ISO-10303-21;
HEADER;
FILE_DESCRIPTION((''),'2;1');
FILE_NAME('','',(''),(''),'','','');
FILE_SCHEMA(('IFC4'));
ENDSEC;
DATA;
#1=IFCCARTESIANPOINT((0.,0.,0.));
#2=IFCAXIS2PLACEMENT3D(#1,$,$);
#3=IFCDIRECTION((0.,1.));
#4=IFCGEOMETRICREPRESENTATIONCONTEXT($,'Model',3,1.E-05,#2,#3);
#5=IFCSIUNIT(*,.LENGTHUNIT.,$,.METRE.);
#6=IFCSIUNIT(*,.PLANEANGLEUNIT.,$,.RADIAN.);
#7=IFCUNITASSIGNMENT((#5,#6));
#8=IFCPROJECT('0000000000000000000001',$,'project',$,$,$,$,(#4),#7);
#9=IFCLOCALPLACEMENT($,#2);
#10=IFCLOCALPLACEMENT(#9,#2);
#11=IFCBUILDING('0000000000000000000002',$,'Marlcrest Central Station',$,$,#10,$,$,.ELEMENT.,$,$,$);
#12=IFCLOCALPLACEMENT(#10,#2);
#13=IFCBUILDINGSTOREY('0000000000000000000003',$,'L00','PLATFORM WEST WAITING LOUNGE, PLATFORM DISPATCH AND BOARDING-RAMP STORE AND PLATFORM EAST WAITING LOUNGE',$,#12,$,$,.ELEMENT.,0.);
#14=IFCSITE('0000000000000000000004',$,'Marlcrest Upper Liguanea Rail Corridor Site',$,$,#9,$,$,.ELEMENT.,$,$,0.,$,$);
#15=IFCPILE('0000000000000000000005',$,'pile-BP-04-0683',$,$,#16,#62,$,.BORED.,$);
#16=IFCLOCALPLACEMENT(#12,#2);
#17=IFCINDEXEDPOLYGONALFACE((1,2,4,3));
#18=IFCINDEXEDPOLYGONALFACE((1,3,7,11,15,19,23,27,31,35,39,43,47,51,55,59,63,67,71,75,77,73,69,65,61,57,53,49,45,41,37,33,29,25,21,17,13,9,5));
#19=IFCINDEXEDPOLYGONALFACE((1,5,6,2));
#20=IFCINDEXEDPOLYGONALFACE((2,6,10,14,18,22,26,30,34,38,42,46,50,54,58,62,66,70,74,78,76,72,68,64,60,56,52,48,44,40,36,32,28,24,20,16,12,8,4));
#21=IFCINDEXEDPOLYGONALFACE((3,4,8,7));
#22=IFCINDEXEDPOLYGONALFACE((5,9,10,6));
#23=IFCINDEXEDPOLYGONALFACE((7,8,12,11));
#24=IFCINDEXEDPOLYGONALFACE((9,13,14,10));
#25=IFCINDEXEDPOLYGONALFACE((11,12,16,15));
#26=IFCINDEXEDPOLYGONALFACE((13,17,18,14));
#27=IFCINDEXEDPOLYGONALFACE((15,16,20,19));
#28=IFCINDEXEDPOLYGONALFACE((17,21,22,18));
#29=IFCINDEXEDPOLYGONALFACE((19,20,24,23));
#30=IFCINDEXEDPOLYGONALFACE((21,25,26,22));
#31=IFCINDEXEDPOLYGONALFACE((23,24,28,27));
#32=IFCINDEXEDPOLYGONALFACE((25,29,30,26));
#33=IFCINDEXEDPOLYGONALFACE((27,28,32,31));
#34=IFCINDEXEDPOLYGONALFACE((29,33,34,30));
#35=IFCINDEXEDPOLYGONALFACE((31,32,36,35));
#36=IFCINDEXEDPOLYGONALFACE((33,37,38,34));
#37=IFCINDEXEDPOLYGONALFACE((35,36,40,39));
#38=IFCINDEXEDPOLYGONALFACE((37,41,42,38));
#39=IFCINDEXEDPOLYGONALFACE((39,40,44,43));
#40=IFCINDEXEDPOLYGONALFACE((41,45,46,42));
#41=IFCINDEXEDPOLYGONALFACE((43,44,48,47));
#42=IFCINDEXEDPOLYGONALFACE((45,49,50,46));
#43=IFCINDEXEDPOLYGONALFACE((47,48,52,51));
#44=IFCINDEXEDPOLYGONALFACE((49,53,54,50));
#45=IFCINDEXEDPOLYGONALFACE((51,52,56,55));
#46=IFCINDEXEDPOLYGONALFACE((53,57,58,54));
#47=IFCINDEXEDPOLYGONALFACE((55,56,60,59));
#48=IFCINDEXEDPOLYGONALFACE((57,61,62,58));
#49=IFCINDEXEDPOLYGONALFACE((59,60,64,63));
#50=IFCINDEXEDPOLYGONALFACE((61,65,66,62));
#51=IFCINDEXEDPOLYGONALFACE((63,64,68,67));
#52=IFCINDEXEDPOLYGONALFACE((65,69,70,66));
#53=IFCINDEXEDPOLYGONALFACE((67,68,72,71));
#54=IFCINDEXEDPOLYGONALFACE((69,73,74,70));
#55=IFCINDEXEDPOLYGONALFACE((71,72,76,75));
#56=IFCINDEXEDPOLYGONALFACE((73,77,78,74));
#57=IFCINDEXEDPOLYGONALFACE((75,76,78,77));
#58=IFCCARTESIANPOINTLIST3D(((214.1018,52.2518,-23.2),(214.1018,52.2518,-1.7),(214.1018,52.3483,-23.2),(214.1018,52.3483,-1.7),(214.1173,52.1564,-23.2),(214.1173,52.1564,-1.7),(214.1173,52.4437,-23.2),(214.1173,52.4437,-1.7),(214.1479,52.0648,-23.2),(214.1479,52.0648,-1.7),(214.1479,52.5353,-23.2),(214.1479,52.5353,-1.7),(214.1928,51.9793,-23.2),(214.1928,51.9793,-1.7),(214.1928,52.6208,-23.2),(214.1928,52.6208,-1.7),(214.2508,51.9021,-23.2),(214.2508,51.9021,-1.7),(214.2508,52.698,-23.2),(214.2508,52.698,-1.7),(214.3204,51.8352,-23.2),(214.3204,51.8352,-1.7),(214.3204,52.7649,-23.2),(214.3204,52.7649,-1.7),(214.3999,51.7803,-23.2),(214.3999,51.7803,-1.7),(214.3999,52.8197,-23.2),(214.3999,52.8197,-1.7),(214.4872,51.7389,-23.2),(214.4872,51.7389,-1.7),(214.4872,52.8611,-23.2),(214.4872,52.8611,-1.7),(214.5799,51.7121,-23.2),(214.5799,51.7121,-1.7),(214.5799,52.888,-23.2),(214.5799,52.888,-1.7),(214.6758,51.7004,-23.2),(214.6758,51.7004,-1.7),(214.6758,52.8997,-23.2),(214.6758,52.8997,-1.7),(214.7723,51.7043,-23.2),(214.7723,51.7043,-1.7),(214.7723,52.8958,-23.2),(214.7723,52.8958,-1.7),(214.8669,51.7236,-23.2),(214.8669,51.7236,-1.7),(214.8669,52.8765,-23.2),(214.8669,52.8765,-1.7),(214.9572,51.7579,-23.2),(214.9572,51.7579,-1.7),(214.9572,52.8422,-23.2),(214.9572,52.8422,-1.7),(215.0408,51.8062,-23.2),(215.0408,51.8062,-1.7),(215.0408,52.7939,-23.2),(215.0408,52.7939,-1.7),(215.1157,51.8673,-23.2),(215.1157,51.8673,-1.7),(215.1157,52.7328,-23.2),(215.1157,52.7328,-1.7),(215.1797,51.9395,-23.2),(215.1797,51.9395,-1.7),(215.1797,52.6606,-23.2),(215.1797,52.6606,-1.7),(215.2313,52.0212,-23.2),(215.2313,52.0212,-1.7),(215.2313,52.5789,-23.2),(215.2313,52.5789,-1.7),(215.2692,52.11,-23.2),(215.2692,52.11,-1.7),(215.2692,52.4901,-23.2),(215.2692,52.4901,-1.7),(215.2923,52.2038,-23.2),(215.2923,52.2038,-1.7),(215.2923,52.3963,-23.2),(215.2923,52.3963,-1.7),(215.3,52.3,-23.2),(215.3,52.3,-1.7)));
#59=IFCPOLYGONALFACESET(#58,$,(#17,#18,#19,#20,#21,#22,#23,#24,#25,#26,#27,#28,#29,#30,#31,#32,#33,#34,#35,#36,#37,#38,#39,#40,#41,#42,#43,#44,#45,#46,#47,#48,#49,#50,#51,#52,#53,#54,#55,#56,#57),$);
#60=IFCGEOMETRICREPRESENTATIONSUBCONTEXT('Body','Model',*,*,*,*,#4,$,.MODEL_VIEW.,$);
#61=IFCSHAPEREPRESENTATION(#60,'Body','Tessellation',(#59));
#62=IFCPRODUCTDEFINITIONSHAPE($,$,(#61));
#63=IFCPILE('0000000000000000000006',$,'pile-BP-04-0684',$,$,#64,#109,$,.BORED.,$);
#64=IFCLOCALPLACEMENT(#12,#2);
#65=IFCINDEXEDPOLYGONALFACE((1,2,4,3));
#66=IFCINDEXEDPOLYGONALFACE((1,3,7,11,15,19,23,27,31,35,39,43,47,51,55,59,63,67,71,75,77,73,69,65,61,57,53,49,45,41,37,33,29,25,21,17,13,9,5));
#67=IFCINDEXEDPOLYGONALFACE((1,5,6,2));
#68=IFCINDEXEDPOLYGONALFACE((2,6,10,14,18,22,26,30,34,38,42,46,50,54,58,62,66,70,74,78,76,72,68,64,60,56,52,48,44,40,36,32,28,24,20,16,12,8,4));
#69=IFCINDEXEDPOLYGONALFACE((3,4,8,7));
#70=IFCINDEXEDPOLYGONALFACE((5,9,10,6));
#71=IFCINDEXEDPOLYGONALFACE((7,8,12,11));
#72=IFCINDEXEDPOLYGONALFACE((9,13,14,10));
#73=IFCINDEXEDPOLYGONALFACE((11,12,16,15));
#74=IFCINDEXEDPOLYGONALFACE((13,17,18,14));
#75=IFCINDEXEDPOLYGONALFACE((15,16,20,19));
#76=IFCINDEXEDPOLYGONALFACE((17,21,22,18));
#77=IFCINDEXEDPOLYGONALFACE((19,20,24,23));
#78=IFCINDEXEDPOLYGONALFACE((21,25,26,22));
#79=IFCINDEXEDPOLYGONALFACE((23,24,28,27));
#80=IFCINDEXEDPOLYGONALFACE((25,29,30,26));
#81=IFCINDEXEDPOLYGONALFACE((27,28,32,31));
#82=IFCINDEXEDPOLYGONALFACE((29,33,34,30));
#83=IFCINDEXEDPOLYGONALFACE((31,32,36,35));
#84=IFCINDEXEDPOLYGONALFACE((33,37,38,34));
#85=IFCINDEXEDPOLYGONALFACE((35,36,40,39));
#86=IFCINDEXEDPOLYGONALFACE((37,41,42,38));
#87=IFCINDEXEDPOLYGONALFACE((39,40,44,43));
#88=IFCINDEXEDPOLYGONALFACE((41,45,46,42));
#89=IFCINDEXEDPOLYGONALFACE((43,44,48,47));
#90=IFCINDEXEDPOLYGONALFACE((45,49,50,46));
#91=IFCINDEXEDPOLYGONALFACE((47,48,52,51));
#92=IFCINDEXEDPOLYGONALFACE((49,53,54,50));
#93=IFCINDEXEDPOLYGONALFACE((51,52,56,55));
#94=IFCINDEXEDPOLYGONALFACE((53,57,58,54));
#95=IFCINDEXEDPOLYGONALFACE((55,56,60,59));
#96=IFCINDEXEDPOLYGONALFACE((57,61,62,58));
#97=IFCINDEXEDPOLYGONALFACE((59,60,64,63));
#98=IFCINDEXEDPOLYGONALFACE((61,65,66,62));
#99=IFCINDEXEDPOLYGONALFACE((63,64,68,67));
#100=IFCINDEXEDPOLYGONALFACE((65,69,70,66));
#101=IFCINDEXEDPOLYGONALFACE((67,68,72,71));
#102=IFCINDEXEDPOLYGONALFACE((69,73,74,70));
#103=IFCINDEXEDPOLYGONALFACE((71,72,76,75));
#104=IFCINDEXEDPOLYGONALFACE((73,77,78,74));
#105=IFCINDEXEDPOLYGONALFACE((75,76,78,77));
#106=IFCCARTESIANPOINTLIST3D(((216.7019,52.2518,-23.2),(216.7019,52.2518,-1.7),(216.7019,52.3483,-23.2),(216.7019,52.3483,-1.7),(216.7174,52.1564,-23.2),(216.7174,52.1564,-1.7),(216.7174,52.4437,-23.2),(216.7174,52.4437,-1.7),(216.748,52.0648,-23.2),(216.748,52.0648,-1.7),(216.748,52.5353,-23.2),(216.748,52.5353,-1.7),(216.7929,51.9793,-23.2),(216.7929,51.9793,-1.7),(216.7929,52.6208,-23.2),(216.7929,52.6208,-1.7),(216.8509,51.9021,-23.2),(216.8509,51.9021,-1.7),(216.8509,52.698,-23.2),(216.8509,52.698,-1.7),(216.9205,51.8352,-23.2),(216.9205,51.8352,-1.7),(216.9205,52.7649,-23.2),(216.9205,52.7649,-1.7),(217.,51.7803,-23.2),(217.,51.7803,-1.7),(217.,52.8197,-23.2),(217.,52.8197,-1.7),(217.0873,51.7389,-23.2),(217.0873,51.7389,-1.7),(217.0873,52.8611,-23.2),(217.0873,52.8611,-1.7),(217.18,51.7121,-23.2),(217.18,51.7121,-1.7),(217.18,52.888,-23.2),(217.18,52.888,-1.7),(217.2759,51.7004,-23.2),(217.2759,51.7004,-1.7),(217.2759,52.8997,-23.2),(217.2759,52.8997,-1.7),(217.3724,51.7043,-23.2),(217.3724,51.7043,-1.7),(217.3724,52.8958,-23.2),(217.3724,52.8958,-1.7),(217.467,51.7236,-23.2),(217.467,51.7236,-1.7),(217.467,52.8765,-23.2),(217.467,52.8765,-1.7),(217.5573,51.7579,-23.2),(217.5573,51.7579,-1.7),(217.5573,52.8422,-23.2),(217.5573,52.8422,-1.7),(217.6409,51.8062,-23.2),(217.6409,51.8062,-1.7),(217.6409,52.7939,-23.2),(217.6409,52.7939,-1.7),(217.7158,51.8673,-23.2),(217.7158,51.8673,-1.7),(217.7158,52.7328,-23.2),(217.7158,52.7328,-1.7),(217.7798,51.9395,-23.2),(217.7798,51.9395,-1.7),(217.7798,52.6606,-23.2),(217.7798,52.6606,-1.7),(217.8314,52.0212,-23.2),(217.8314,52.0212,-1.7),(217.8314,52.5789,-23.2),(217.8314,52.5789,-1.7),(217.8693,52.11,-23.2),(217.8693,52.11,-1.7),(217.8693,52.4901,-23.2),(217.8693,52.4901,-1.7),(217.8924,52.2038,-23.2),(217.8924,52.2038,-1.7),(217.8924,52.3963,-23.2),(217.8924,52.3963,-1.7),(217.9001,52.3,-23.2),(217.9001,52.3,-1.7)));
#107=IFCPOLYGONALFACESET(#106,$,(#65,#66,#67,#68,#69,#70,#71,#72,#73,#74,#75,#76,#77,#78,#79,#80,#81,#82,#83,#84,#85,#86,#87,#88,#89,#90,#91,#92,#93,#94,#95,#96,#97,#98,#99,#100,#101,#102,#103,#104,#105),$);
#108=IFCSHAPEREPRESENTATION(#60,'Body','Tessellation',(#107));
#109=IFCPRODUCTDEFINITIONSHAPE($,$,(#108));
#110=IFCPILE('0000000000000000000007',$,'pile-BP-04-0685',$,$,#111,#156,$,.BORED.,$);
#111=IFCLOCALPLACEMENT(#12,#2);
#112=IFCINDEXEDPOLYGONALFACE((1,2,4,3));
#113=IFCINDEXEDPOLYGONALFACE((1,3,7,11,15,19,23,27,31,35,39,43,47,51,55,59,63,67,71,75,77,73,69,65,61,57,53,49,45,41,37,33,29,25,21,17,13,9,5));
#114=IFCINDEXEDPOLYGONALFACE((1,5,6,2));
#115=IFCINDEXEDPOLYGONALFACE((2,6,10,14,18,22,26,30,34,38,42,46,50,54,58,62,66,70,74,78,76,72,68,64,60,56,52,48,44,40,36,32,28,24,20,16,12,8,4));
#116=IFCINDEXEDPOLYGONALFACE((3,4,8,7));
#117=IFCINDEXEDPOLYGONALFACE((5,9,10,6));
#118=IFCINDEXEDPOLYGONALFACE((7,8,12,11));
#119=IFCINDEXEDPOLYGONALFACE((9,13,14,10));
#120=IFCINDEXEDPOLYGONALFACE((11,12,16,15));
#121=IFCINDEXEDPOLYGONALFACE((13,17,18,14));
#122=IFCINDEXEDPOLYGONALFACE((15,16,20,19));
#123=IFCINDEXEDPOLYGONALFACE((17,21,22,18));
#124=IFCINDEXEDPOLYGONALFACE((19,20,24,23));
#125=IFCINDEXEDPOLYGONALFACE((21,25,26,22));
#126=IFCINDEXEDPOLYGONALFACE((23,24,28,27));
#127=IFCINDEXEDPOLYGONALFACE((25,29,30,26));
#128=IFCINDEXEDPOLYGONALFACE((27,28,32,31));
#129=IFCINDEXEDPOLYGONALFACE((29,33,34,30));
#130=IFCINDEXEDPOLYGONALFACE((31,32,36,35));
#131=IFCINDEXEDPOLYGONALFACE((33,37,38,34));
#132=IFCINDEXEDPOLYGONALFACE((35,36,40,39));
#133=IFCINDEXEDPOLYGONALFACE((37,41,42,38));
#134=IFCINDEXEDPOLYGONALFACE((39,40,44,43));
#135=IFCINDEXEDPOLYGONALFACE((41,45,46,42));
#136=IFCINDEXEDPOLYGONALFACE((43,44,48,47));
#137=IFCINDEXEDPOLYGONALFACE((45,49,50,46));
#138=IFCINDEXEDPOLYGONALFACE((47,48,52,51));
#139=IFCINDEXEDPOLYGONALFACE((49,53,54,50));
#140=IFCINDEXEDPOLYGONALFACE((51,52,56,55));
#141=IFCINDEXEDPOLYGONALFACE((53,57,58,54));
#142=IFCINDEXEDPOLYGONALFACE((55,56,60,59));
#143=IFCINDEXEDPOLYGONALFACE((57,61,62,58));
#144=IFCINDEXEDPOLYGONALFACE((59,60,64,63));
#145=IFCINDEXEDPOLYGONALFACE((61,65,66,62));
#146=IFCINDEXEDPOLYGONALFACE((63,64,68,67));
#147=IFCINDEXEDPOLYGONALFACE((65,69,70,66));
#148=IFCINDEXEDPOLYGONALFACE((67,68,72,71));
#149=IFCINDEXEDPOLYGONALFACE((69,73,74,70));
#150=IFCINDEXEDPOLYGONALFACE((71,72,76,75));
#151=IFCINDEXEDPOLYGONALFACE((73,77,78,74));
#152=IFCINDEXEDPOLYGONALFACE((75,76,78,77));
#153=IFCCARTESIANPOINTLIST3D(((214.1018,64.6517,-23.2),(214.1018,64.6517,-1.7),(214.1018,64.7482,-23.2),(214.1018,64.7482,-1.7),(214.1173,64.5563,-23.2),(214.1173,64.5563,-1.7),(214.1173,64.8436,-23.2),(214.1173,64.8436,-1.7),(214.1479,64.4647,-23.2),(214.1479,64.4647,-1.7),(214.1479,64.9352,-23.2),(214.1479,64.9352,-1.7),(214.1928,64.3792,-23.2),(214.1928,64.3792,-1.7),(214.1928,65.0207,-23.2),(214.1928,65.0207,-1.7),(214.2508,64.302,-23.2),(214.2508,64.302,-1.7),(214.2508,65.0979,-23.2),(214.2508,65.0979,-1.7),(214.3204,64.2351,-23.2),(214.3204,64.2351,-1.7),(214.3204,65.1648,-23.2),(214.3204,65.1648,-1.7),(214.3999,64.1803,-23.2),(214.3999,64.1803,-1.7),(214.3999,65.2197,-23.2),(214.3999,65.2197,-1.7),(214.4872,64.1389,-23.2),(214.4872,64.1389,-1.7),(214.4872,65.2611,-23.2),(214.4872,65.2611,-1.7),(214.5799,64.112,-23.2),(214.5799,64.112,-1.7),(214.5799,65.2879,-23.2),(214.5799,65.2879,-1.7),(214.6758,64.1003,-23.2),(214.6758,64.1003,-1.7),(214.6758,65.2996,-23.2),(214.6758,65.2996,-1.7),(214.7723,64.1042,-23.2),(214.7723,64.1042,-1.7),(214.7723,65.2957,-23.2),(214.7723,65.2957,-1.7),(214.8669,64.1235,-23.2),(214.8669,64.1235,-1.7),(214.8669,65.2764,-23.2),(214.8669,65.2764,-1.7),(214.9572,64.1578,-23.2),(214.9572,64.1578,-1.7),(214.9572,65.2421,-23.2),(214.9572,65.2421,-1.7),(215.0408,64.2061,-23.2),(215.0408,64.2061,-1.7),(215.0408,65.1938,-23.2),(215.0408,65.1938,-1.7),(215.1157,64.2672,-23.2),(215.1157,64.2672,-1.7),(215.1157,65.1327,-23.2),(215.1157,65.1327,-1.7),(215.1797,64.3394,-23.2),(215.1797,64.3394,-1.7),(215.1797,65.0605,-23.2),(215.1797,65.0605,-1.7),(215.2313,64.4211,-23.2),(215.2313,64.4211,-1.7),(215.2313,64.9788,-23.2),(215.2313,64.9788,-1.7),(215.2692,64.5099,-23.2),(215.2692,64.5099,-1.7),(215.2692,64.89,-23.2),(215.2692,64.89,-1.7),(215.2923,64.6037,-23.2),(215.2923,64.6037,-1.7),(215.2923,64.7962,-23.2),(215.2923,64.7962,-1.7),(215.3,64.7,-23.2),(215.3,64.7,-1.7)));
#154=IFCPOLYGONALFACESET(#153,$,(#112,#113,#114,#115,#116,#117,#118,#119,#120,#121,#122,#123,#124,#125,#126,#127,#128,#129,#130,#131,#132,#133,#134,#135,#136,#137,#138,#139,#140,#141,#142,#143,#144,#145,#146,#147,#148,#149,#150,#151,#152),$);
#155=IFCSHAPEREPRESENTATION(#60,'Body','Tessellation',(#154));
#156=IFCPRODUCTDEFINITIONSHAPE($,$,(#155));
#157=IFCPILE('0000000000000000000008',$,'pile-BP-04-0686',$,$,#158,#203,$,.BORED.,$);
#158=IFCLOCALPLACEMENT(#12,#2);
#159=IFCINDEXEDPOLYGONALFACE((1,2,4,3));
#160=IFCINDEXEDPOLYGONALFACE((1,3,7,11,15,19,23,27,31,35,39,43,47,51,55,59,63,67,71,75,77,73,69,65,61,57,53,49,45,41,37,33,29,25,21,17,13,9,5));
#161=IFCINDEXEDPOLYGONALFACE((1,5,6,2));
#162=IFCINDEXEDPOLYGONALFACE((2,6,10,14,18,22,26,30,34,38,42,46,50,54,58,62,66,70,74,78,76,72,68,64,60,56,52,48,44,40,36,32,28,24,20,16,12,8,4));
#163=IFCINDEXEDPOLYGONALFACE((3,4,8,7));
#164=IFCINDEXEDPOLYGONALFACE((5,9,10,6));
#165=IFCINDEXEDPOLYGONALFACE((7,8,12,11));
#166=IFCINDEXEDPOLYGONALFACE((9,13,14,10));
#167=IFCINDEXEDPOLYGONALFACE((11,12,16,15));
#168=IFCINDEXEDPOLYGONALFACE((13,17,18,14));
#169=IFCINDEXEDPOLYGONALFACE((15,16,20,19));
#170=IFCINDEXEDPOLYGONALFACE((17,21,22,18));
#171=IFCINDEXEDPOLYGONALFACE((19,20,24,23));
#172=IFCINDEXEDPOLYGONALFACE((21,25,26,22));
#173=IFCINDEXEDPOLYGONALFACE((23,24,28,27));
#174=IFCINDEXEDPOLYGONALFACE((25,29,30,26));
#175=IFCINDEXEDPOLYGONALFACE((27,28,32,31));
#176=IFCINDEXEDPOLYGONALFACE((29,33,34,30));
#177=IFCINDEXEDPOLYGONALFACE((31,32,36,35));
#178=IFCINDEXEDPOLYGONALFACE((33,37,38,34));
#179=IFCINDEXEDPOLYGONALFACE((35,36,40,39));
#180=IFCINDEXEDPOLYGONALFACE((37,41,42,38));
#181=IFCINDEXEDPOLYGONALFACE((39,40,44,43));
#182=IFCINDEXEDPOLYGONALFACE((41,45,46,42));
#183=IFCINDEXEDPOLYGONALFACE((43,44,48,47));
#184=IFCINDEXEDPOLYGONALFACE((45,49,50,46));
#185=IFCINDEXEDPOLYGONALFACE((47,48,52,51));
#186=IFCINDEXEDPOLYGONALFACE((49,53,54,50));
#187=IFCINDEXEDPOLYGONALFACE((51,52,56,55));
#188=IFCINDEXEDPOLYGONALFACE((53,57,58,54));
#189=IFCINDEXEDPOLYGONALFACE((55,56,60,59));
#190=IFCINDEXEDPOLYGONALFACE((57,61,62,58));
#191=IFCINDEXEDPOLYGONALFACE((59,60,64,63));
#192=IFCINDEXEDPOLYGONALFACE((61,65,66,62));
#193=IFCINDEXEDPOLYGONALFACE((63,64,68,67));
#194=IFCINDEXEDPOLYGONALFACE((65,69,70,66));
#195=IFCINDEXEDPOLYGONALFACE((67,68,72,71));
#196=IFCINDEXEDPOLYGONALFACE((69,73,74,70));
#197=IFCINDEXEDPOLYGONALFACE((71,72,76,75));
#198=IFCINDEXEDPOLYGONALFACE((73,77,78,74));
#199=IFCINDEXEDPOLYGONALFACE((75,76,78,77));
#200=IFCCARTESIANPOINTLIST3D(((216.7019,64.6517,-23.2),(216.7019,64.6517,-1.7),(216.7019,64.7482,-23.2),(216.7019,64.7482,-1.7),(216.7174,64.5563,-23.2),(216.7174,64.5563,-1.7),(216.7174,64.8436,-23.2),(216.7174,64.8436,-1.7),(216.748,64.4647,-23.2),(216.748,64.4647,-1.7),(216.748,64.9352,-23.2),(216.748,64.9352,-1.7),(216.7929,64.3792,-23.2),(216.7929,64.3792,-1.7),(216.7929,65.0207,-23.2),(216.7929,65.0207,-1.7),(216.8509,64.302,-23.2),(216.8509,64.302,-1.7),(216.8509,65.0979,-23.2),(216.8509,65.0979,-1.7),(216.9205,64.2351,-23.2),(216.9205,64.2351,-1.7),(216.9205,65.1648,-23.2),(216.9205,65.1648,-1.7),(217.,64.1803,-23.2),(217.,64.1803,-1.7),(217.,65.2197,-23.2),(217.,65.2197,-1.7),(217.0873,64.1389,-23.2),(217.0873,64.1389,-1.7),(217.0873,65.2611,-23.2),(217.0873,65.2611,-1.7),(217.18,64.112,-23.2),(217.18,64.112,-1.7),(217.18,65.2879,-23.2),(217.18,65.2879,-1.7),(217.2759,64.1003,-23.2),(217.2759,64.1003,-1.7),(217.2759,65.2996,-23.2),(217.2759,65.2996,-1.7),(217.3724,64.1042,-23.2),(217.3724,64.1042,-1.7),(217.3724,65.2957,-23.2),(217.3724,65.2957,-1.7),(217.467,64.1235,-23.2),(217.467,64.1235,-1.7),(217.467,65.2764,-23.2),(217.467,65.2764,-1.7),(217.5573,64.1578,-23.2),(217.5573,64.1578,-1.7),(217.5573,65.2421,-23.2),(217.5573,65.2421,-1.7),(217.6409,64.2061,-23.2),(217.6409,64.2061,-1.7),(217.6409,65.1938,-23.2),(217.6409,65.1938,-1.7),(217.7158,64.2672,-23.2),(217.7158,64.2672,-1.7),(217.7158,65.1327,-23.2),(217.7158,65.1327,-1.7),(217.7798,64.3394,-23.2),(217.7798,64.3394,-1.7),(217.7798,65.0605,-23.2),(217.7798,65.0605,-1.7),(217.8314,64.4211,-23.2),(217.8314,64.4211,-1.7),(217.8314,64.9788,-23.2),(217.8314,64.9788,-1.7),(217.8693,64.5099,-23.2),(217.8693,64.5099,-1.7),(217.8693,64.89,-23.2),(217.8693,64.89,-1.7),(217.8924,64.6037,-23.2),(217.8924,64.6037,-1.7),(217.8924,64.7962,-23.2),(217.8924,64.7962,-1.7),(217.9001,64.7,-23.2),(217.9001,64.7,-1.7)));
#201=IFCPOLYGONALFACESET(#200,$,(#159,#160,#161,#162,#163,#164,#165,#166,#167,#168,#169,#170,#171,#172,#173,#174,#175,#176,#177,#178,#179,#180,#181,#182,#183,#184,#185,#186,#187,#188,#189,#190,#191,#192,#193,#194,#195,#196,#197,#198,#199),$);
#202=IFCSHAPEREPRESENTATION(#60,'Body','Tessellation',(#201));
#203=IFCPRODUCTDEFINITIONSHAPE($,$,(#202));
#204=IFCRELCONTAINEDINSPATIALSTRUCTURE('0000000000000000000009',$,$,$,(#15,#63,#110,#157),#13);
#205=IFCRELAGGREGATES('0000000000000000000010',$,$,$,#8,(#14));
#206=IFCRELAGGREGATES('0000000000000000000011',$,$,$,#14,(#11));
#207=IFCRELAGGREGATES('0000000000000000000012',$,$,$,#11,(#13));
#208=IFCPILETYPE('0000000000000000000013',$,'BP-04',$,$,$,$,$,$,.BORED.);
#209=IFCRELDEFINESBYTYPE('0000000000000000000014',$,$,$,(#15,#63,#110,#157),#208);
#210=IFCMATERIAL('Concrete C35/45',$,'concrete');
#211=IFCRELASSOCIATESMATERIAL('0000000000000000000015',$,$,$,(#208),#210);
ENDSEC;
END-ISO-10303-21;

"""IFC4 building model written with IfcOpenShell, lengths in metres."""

from ifc_helpers import new_model, si_unit, direction, frame, origin, origin_2d, place, context, subcontext, project, spatial, circle, extrude, material, material_profile, profile_set, type_object, element, save


model = new_model("IFC4")

# Units and contexts
model_context = context("Model", 3, precision=1e-05, world=origin(), true_north=direction((0.0, 1.0)))
body_context = subcontext(model_context, "Body", "Model", "MODEL_VIEW")
ifc_project = project(units=[si_unit("LENGTHUNIT", "METRE"), si_unit("PLANEANGLEUNIT", "RADIAN")], contexts=[model_context])

# Site, building, storey
site_placement = place(None, origin())
site = spatial("IfcSite", under=ifc_project, at=site_placement, Name="Marlcrest Upper Liguanea Rail Corridor Site", CompositionType="ELEMENT", RefElevation=0.0)
building_placement = place(site_placement, origin())
building = spatial("IfcBuilding", under=site, at=building_placement, Name="Marlcrest Central Station", CompositionType="ELEMENT")
storey_placement = place(building_placement, origin())
storey = spatial("IfcBuildingStorey", under=building, at=storey_placement, Name="L00", Description="PLATFORM WEST WAITING LOUNGE, PLATFORM DISPATCH AND BOARDING-RAMP STORE AND PLATFORM EAST WAITING LOUNGE", CompositionType="ELEMENT", Elevation=0.0)

# Piles
ifc_material_1 = material(Name="Concrete C35/45", Category="concrete")
ifc_material_profile_1 = material_profile(ifc_material_1, circle(Radius=0.6001, at=origin_2d()), Name="PILE D1200")
ifc_profile_set_1 = profile_set([ifc_material_profile_1], Name="Concrete C35/45")
pile_type = type_object("IfcPileType", Name="BP-04", PredefinedType="BORED", material=ifc_profile_set_1)
for number, where, z_axis, x_axis, name in (
    (1, (214.7, 52.3, -1.7), (0.0, 0.0, -1.0), (1.0, 0.0, 0.0), "pile-BP-04-0683"),
    (2, (217.3, 52.3, -1.7), (0.0, 0.0, -1.0), (1.0, 0.0, 0.0), "pile-BP-04-0684"),
    (3, (214.7, 64.7, -1.7), (0.0, 0.0, -1.0), (1.0, 0.0, 0.0), "pile-BP-04-0685"),
    (4, (217.3, 64.7, -1.7), (0.0, 0.0, -1.0), (1.0, 0.0, 0.0), "pile-BP-04-0686"),
):
    element("IfcPile", number, at=place(storey_placement, frame(where, z_axis=z_axis, x_axis=x_axis)), inside=storey, type_object=pile_type, Name=name, PredefinedType="BORED", context=body_context, shape_type="SweptSolid", body=[
        extrude(circle(Radius=0.6001, at=origin_2d()), origin(), (0.0, 0.0, 1.0), 21.5),
    ])

save(model, "model.ifc")
